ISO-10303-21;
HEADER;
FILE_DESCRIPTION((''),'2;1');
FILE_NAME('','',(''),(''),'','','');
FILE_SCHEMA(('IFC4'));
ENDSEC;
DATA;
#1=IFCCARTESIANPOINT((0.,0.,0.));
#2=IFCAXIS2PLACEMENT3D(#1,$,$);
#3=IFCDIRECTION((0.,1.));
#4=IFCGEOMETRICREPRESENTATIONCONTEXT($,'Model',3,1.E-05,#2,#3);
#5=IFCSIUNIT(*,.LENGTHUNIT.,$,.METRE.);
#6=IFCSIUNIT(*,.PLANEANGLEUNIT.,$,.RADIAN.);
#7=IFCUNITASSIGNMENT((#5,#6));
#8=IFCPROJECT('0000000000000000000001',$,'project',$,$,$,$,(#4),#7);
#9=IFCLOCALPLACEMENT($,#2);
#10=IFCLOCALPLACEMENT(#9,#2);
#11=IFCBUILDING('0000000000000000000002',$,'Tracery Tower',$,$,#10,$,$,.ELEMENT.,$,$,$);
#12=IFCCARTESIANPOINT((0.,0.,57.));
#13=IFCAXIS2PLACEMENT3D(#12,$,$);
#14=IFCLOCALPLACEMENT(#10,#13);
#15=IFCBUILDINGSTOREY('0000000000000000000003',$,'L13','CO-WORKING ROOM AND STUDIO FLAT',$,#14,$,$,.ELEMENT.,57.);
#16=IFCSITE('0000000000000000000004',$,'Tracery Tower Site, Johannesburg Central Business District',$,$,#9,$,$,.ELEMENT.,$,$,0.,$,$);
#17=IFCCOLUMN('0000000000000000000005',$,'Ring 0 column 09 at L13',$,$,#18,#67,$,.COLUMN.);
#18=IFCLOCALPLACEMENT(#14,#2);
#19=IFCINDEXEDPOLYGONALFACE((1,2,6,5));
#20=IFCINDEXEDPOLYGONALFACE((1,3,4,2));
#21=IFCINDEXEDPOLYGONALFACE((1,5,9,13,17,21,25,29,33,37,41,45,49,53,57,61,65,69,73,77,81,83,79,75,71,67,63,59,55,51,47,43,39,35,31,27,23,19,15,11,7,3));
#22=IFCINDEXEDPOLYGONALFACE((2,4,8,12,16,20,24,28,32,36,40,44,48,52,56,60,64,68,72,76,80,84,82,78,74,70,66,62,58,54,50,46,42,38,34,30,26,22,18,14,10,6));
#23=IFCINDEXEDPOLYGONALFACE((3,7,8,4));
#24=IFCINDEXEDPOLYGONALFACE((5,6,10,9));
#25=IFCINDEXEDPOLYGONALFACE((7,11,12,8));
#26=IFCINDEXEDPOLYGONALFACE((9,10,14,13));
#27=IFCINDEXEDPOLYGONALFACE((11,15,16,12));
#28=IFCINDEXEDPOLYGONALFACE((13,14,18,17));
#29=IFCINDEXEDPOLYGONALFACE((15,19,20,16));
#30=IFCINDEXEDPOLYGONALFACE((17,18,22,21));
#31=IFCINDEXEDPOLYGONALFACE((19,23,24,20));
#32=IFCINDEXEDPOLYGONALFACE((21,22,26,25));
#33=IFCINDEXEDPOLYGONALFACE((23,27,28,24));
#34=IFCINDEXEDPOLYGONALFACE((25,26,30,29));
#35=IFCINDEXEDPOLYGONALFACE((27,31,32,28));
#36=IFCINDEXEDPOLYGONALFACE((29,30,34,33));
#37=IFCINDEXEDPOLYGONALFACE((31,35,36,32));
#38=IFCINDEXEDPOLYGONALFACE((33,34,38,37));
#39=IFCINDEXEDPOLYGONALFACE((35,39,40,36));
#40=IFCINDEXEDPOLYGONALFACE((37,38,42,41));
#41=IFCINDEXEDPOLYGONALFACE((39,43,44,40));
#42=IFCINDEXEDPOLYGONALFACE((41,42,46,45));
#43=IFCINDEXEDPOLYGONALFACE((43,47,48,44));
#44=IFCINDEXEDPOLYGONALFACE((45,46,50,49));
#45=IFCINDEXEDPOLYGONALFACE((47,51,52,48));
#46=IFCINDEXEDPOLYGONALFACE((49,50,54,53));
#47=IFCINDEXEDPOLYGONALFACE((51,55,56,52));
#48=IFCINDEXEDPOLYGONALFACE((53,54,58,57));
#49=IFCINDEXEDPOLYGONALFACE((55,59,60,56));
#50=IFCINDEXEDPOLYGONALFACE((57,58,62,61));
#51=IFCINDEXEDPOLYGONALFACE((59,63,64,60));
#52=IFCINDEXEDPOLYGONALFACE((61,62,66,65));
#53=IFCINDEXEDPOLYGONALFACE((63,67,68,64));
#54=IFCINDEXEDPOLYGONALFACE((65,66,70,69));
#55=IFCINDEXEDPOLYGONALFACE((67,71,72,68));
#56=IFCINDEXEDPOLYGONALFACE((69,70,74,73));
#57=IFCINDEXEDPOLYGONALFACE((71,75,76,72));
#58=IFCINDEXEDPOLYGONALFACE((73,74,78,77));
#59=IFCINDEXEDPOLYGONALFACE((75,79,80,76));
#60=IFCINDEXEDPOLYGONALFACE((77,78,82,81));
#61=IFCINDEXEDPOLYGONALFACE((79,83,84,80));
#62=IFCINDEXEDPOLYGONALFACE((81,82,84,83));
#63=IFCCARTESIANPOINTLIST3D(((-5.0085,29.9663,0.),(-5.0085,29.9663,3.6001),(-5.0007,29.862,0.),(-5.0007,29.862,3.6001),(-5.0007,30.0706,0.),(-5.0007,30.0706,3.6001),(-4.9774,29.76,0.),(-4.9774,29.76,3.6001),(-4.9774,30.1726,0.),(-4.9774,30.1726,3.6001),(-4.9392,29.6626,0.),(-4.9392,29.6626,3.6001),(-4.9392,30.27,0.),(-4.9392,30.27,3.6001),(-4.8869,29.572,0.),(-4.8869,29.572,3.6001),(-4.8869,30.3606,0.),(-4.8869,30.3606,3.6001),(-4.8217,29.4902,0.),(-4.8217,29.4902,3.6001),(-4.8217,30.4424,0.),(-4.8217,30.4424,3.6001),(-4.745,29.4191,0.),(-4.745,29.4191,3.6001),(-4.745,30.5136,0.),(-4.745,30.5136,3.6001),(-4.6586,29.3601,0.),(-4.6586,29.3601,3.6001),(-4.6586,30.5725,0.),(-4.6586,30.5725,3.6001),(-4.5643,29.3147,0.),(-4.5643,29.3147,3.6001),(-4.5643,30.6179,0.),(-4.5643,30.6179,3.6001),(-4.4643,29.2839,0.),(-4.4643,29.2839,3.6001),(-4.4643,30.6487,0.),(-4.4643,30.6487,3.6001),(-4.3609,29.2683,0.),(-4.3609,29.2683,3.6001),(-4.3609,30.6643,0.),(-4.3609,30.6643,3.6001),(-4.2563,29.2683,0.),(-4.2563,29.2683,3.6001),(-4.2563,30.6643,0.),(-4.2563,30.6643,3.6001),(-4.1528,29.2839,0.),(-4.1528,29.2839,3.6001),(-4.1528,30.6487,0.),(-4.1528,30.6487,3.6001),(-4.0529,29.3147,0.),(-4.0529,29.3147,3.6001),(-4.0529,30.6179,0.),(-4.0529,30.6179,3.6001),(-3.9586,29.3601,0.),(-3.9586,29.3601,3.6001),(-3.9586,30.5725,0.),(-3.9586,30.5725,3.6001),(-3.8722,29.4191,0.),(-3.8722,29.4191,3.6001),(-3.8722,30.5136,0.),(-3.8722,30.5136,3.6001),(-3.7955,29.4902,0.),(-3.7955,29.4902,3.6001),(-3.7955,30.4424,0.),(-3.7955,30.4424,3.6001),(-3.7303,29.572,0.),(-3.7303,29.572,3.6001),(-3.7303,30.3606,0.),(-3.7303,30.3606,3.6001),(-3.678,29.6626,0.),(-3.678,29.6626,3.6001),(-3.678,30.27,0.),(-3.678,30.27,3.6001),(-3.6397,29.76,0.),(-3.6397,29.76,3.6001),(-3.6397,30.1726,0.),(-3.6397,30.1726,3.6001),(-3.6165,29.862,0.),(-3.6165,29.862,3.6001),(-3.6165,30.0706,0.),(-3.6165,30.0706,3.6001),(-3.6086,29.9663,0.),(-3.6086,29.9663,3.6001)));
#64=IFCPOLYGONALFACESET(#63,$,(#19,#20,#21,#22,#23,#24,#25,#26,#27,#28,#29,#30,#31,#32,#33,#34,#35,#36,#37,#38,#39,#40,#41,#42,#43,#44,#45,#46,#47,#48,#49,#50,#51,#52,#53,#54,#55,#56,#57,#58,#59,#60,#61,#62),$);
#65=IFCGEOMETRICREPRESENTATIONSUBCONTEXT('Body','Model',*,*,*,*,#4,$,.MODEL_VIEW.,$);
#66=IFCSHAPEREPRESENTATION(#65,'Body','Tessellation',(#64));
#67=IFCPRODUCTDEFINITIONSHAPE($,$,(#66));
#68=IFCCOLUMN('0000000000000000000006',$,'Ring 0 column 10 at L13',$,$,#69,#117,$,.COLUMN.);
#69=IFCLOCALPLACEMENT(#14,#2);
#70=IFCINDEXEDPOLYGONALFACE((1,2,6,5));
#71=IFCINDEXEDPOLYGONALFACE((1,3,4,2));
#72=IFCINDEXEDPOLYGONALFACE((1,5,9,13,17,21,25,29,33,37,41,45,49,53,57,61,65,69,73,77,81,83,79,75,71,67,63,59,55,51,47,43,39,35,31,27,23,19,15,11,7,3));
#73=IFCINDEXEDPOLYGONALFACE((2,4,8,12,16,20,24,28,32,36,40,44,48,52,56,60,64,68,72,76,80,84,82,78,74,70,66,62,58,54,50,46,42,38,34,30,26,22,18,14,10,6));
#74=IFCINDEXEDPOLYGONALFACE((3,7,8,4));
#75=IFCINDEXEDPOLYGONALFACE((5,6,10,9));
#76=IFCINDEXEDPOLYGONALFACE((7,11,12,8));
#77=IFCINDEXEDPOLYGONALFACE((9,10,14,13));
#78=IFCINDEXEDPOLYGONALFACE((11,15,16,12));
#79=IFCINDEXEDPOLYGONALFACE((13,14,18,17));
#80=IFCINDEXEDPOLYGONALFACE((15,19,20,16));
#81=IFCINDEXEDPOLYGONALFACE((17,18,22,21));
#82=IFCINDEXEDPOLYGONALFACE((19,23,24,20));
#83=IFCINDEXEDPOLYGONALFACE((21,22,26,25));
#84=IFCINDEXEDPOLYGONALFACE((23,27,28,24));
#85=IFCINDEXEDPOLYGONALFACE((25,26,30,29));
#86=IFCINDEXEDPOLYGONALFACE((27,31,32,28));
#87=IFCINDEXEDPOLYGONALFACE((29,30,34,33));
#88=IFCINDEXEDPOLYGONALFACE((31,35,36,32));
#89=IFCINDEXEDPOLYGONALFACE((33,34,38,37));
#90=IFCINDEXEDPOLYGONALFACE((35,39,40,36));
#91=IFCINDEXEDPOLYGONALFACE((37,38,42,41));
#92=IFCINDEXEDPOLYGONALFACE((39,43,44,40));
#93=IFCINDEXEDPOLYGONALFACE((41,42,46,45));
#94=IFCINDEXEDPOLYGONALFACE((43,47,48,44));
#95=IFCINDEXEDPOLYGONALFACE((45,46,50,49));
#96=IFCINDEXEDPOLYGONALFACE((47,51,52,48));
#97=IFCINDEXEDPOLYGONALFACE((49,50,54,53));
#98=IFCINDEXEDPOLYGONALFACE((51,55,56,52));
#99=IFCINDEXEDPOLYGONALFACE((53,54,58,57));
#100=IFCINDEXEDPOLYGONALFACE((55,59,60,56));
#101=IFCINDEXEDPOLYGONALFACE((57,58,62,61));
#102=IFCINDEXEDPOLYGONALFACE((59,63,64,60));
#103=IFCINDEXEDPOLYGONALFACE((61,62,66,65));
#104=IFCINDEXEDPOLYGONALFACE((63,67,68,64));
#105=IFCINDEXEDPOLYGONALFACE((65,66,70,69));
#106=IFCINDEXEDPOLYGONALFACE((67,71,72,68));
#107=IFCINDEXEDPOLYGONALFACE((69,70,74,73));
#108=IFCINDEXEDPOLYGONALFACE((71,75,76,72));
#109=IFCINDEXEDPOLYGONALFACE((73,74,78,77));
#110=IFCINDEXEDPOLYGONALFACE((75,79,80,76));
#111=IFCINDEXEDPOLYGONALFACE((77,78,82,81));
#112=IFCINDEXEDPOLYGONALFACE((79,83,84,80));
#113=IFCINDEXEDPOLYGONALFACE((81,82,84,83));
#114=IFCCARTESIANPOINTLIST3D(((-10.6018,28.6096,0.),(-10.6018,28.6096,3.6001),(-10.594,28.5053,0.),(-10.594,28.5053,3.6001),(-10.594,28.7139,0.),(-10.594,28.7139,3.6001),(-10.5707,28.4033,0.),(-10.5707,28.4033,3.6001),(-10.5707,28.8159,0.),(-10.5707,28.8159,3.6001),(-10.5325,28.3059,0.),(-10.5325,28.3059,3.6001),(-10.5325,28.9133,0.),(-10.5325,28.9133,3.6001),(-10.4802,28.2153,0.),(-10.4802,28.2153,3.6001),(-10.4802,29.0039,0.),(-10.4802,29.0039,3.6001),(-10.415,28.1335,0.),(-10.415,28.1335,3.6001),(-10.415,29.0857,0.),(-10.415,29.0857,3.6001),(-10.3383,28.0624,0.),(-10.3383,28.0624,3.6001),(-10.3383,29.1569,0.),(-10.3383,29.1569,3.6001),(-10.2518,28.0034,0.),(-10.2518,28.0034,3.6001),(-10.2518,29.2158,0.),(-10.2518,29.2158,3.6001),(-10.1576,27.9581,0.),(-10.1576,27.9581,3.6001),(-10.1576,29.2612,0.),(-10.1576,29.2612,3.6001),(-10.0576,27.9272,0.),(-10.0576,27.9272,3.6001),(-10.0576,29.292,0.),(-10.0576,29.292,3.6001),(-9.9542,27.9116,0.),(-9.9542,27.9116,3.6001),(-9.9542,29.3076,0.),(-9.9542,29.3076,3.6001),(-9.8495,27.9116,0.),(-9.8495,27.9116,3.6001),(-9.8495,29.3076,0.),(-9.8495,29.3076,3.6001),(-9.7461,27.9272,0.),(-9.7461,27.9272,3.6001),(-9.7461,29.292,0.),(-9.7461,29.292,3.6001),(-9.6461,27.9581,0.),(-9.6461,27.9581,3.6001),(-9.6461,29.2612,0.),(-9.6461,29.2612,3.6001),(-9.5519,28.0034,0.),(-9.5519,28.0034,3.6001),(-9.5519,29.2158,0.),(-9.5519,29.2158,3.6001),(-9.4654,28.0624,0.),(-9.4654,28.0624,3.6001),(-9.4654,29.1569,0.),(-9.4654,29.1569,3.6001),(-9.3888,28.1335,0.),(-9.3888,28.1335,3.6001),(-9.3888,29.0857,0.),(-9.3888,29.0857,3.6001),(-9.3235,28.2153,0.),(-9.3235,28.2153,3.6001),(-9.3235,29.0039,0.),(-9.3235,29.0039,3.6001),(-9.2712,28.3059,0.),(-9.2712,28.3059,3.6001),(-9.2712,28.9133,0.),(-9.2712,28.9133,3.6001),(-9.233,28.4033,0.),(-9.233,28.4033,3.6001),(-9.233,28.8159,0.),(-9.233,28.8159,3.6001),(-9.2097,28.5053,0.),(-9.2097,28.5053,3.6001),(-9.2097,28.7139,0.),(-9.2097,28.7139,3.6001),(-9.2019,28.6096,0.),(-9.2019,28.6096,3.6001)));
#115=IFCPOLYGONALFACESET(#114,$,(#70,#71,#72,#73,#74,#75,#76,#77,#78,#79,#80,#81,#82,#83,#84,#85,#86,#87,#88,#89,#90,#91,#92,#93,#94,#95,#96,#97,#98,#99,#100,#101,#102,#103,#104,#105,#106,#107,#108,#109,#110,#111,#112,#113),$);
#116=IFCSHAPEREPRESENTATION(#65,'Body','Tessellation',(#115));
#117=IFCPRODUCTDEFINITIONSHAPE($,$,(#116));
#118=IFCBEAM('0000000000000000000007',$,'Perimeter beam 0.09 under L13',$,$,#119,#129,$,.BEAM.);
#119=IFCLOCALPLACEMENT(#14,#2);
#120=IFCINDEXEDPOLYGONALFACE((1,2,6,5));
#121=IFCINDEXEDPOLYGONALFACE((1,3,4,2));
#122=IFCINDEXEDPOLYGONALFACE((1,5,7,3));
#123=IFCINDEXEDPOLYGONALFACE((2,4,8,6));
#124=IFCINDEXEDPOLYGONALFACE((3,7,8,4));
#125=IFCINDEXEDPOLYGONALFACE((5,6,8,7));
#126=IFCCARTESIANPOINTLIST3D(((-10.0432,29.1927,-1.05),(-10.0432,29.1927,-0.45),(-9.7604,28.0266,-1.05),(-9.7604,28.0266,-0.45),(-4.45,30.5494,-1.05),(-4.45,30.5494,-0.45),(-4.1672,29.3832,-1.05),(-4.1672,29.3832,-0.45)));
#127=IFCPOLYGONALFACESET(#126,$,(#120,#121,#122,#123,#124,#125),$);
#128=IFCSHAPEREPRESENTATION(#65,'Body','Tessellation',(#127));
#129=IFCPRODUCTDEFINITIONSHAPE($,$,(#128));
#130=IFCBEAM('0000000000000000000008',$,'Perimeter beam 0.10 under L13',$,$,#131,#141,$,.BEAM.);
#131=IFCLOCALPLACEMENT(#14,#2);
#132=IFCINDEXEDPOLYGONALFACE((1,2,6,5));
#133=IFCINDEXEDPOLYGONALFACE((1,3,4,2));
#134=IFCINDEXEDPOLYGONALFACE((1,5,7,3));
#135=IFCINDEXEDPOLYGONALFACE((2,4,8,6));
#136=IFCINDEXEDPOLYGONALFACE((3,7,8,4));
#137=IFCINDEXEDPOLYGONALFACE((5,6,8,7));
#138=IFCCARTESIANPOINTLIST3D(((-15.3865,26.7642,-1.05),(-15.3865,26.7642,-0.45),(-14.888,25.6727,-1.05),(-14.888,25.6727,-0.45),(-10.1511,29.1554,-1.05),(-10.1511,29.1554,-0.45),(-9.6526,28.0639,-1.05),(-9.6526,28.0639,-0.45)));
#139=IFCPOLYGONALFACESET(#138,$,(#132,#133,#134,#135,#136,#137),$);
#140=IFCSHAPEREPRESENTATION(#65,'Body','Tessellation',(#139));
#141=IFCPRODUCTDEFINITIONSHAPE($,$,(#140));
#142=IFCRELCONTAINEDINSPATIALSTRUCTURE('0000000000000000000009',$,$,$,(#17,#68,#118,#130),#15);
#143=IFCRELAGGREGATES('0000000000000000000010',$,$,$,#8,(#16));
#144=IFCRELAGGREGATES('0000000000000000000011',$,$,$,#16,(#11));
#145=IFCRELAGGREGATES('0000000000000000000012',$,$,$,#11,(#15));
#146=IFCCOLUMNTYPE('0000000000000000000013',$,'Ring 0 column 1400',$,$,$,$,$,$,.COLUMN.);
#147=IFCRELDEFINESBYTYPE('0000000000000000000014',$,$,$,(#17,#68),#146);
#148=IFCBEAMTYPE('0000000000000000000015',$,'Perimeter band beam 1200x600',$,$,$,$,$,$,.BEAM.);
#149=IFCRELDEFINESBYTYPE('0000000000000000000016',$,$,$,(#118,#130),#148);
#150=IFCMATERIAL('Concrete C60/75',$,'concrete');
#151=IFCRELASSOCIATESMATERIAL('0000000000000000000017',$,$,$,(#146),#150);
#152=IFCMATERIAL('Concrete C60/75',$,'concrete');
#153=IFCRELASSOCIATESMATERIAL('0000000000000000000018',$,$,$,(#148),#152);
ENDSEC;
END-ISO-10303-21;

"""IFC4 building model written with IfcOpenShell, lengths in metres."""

from ifc_helpers import new_model, si_unit, direction, frame, origin, origin_2d, place, context, subcontext, project, spatial, rectangle, circle, extrude, material, material_profile, profile_set, type_object, element, save


model = new_model("IFC4")

# Units and contexts
model_context = context("Model", 3, precision=1e-05, world=origin(), true_north=direction((0.0, 1.0)))
body_context = subcontext(model_context, "Body", "Model", "MODEL_VIEW")
ifc_project = project(units=[si_unit("LENGTHUNIT", "METRE"), si_unit("PLANEANGLEUNIT", "RADIAN")], contexts=[model_context])

# Site, building, storey
site_placement = place(None, origin())
site = spatial("IfcSite", under=ifc_project, at=site_placement, Name="Tracery Tower Site, Johannesburg Central Business District", CompositionType="ELEMENT", RefElevation=0.0)
building_placement = place(site_placement, origin())
building = spatial("IfcBuilding", under=site, at=building_placement, Name="Tracery Tower", CompositionType="ELEMENT")
storey_placement = place(building_placement, frame((0.0, 0.0, 57.0)))
storey = spatial("IfcBuildingStorey", under=building, at=storey_placement, Name="L13", Description="CO-WORKING ROOM AND STUDIO FLAT", CompositionType="ELEMENT", Elevation=57.0)

# Columns
ifc_material_1 = material(Name="Concrete C60/75", Category="concrete")
ifc_material_profile_1 = material_profile(ifc_material_1, circle(Radius=0.7, at=origin_2d()), Name="RC D1400")
ifc_profile_set_1 = profile_set([ifc_material_profile_1], Name="Concrete C60/75")
column_type = type_object("IfcColumnType", Name="Ring 0 column 1400", PredefinedType="COLUMN", material=ifc_profile_set_1)
for number, where, z_axis, x_axis, name in (
    (1, (-4.3086, 29.9663, 0.0), (0.0, 0.0, 1.0), (1.0, 0.0, 0.0), "Ring 0 column 09 at L13"),
    (2, (-9.9019, 28.6096, 0.0), (0.0, 0.0, 1.0), (1.0, 0.0, 0.0), "Ring 0 column 10 at L13"),
):
    element("IfcColumn", number, at=place(storey_placement, frame(where, z_axis=z_axis, x_axis=x_axis)), inside=storey, type_object=column_type, Name=name, PredefinedType="COLUMN", context=body_context, shape_type="SweptSolid", body=[
        extrude(circle(Radius=0.7, at=origin_2d()), origin(), (0.0, 0.0, 1.0), 3.6001),
    ])

# Beams
ifc_material_2 = material(Name="Concrete C60/75", Category="concrete")
ifc_material_profile_2 = material_profile(ifc_material_2, rectangle(XDim=1.2, YDim=0.6001, at=origin_2d()), Name="RC 1200x600")
ifc_profile_set_2 = profile_set([ifc_material_profile_2], Name="Concrete C60/75")
beam_type = type_object("IfcBeamType", Name="Perimeter band beam 1200x600", PredefinedType="BEAM", material=ifc_profile_set_2)
beam_1_placement = place(storey_placement, frame((-4.3086, 29.9663, -0.75), z_axis=(-0.97182, -0.235723, 0.0), x_axis=(0.235723, -0.97182, 0.0)))
element("IfcBeam", 3, at=beam_1_placement, inside=storey, type_object=beam_type, Name="Perimeter beam 0.09 under L13", PredefinedType="BEAM", context=body_context, shape_type="SweptSolid", body=[
    extrude(rectangle(XDim=1.2, YDim=0.6001, at=origin_2d()), origin(), (0.0, 0.0, 1.0), 5.7554),
])
beam_2_placement = place(storey_placement, frame((-9.9019, 28.6096, -0.75), z_axis=(-0.909618, -0.415445, 0.0), x_axis=(0.415445, -0.909618, 0.0)))
element("IfcBeam", 4, at=beam_2_placement, inside=storey, type_object=beam_type, Name="Perimeter beam 0.10 under L13", PredefinedType="BEAM", context=body_context, shape_type="SweptSolid", body=[
    extrude(rectangle(XDim=1.2, YDim=0.6001, at=origin_2d()), origin(), (0.0, 0.0, 1.0), 5.7556),
])

save(model, "model.ifc")
